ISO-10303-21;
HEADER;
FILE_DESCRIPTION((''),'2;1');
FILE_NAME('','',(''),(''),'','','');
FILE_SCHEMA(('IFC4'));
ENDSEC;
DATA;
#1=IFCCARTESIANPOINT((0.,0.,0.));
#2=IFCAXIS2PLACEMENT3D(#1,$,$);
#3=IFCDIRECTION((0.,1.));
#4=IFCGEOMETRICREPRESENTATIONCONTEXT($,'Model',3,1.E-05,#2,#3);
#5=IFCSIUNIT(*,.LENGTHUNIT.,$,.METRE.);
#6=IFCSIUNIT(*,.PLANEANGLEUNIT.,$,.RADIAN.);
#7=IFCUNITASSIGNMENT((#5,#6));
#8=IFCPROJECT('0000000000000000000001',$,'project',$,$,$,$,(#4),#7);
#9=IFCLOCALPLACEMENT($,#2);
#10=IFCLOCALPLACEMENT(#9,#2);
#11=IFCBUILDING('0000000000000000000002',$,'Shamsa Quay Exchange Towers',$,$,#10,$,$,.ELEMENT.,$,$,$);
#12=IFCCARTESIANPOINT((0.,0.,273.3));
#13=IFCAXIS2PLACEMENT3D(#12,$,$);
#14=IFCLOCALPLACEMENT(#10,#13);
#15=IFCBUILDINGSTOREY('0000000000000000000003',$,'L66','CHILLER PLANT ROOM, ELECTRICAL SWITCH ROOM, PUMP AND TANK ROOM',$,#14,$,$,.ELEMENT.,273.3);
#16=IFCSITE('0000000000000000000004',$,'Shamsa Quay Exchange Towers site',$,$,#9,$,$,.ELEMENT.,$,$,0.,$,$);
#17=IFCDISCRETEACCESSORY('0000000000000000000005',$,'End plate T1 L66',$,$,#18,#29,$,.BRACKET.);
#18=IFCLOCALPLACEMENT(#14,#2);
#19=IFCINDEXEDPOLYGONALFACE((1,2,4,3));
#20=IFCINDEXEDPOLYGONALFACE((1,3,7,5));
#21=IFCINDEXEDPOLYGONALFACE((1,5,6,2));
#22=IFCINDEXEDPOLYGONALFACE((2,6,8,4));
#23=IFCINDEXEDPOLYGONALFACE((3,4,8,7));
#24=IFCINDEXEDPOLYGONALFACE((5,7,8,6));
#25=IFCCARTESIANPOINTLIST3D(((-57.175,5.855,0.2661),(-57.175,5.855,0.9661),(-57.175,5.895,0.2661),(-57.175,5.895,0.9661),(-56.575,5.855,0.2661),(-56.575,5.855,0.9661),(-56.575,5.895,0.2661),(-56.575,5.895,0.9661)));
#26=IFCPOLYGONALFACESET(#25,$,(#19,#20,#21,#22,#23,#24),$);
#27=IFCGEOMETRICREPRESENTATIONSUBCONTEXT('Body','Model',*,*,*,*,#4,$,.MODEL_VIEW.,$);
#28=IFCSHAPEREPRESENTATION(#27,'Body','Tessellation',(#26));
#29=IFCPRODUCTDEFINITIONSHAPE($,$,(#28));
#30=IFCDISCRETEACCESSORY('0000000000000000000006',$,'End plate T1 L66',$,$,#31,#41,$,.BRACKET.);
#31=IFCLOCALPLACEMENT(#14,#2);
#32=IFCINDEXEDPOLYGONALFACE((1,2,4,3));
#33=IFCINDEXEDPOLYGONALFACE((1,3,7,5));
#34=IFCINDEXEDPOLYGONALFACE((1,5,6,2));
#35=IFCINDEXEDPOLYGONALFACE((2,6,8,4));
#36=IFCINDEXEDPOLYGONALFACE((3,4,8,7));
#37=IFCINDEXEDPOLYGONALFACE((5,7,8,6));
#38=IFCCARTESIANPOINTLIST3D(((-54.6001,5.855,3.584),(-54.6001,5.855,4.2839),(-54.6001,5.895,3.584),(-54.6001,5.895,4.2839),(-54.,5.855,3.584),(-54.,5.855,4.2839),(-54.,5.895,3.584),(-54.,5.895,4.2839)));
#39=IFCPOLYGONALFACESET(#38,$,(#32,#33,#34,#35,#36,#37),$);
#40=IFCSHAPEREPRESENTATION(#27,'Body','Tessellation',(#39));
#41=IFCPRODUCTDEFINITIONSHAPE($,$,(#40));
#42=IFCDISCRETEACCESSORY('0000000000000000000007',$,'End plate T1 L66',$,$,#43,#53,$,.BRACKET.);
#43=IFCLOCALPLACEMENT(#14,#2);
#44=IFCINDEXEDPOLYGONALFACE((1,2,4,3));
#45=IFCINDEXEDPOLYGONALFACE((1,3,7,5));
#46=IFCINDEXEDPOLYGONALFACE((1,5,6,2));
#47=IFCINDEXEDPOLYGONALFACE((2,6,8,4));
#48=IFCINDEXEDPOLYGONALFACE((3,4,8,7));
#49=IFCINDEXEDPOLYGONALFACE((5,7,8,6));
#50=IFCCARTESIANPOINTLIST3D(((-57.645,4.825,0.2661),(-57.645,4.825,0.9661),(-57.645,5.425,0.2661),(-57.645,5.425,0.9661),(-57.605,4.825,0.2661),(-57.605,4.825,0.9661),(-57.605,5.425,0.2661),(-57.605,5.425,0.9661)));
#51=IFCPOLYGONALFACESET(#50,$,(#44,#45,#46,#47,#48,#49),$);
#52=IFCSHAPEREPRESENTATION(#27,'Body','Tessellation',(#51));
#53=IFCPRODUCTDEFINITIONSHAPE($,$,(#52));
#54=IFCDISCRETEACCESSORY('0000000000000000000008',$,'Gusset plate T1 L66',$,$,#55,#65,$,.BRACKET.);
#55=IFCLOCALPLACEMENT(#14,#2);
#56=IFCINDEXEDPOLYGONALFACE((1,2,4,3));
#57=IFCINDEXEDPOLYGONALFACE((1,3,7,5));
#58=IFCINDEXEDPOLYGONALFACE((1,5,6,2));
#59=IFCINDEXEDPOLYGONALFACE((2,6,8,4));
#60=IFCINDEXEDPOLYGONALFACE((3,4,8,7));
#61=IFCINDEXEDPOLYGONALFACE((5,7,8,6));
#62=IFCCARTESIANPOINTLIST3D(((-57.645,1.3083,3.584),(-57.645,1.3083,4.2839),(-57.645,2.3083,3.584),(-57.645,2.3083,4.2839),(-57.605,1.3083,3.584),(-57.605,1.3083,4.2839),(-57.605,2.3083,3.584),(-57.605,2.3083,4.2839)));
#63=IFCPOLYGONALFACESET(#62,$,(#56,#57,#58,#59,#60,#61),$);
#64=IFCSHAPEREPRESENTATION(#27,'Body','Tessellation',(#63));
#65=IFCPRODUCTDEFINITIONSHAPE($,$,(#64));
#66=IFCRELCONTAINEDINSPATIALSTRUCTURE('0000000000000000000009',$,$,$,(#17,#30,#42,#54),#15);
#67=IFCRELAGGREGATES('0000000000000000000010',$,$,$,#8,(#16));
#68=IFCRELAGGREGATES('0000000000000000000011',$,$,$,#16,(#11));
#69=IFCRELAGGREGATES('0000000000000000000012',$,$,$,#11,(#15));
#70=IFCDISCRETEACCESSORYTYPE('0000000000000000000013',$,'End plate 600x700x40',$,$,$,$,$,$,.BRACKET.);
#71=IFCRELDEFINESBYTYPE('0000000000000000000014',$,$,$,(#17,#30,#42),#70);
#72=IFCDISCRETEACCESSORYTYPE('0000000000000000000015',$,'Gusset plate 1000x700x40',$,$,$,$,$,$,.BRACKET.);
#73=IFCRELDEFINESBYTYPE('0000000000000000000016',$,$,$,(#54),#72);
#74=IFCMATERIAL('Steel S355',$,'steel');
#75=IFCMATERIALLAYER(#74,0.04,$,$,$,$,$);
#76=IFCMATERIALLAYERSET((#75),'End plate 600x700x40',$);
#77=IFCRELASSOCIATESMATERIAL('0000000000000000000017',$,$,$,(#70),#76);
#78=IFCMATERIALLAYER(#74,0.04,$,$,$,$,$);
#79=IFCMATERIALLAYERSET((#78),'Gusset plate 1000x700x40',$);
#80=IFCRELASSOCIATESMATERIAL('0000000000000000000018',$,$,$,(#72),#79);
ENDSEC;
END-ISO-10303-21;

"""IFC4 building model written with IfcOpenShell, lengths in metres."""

from ifc_helpers import new_model, si_unit, direction, frame, origin, origin_2d, place, context, subcontext, project, spatial, rectangle, extrude, material, layer, layer_set, type_object, element, save


model = new_model("IFC4")

# Units and contexts
model_context = context("Model", 3, precision=1e-05, world=origin(), true_north=direction((0.0, 1.0)))
body_context = subcontext(model_context, "Body", "Model", "MODEL_VIEW")
ifc_project = project(units=[si_unit("LENGTHUNIT", "METRE"), si_unit("PLANEANGLEUNIT", "RADIAN")], contexts=[model_context])

# Site, building, storey
site_placement = place(None, origin())
site = spatial("IfcSite", under=ifc_project, at=site_placement, Name="Shamsa Quay Exchange Towers site", CompositionType="ELEMENT", RefElevation=0.0)
building_placement = place(site_placement, origin())
building = spatial("IfcBuilding", under=site, at=building_placement, Name="Shamsa Quay Exchange Towers", CompositionType="ELEMENT")
storey_placement = place(building_placement, frame((0.0, 0.0, 273.3)))
storey = spatial("IfcBuildingStorey", under=building, at=storey_placement, Name="L66", Description="CHILLER PLANT ROOM, ELECTRICAL SWITCH ROOM, PUMP AND TANK ROOM", CompositionType="ELEMENT", Elevation=273.3)

# Shared definitions
ifc_material_1 = material(Name="Steel S355", Category="steel")

# Discrete accessories
ifc_layer_1 = layer(ifc_material_1, 0.04)
ifc_layer_set_1 = layer_set([ifc_layer_1], Name="End plate 600x700x40")
discrete_accessory_type_1 = type_object("IfcDiscreteAccessoryType", Name="End plate 600x700x40", PredefinedType="BRACKET", material=ifc_layer_set_1)
for number, where, name in (
    (1, (-56.875, 5.875, 0.2661), "End plate T1 L66"),
    (2, (-54.3, 5.875, 3.584), "End plate T1 L66"),
):
    element("IfcDiscreteAccessory", number, at=place(storey_placement, frame(where)), inside=storey, type_object=discrete_accessory_type_1, Name=name, PredefinedType="BRACKET", context=body_context, shape_type="SweptSolid", body=[
        extrude(rectangle(XDim=0.6001, YDim=0.04, at=origin_2d()), origin(), (0.0, 0.0, 1.0), 0.7),
    ])
discrete_accessory_1_placement = place(storey_placement, frame((-57.625, 5.125, 0.2661), z_axis=(0.0, 0.0, 1.0), x_axis=(0.0, -1.0, 0.0)))
element("IfcDiscreteAccessory", 3, at=discrete_accessory_1_placement, inside=storey, type_object=discrete_accessory_type_1, Name="End plate T1 L66", PredefinedType="BRACKET", context=body_context, shape_type="SweptSolid", body=[
    extrude(rectangle(XDim=0.6001, YDim=0.04, at=origin_2d()), origin(), (0.0, 0.0, 1.0), 0.7),
])
ifc_layer_2 = layer(ifc_material_1, 0.04)
ifc_layer_set_2 = layer_set([ifc_layer_2], Name="Gusset plate 1000x700x40")
discrete_accessory_type_2 = type_object("IfcDiscreteAccessoryType", Name="Gusset plate 1000x700x40", PredefinedType="BRACKET", material=ifc_layer_set_2)
discrete_accessory_2_placement = place(storey_placement, frame((-57.625, 1.8083, 3.584), z_axis=(0.0, 0.0, 1.0), x_axis=(0.0, -1.0, 0.0)))
element("IfcDiscreteAccessory", 4, at=discrete_accessory_2_placement, inside=storey, type_object=discrete_accessory_type_2, Name="Gusset plate T1 L66", PredefinedType="BRACKET", context=body_context, shape_type="SweptSolid", body=[
    extrude(rectangle(XDim=1.0, YDim=0.04, at=origin_2d()), origin(), (0.0, 0.0, 1.0), 0.7),
])

save(model, "model.ifc")
